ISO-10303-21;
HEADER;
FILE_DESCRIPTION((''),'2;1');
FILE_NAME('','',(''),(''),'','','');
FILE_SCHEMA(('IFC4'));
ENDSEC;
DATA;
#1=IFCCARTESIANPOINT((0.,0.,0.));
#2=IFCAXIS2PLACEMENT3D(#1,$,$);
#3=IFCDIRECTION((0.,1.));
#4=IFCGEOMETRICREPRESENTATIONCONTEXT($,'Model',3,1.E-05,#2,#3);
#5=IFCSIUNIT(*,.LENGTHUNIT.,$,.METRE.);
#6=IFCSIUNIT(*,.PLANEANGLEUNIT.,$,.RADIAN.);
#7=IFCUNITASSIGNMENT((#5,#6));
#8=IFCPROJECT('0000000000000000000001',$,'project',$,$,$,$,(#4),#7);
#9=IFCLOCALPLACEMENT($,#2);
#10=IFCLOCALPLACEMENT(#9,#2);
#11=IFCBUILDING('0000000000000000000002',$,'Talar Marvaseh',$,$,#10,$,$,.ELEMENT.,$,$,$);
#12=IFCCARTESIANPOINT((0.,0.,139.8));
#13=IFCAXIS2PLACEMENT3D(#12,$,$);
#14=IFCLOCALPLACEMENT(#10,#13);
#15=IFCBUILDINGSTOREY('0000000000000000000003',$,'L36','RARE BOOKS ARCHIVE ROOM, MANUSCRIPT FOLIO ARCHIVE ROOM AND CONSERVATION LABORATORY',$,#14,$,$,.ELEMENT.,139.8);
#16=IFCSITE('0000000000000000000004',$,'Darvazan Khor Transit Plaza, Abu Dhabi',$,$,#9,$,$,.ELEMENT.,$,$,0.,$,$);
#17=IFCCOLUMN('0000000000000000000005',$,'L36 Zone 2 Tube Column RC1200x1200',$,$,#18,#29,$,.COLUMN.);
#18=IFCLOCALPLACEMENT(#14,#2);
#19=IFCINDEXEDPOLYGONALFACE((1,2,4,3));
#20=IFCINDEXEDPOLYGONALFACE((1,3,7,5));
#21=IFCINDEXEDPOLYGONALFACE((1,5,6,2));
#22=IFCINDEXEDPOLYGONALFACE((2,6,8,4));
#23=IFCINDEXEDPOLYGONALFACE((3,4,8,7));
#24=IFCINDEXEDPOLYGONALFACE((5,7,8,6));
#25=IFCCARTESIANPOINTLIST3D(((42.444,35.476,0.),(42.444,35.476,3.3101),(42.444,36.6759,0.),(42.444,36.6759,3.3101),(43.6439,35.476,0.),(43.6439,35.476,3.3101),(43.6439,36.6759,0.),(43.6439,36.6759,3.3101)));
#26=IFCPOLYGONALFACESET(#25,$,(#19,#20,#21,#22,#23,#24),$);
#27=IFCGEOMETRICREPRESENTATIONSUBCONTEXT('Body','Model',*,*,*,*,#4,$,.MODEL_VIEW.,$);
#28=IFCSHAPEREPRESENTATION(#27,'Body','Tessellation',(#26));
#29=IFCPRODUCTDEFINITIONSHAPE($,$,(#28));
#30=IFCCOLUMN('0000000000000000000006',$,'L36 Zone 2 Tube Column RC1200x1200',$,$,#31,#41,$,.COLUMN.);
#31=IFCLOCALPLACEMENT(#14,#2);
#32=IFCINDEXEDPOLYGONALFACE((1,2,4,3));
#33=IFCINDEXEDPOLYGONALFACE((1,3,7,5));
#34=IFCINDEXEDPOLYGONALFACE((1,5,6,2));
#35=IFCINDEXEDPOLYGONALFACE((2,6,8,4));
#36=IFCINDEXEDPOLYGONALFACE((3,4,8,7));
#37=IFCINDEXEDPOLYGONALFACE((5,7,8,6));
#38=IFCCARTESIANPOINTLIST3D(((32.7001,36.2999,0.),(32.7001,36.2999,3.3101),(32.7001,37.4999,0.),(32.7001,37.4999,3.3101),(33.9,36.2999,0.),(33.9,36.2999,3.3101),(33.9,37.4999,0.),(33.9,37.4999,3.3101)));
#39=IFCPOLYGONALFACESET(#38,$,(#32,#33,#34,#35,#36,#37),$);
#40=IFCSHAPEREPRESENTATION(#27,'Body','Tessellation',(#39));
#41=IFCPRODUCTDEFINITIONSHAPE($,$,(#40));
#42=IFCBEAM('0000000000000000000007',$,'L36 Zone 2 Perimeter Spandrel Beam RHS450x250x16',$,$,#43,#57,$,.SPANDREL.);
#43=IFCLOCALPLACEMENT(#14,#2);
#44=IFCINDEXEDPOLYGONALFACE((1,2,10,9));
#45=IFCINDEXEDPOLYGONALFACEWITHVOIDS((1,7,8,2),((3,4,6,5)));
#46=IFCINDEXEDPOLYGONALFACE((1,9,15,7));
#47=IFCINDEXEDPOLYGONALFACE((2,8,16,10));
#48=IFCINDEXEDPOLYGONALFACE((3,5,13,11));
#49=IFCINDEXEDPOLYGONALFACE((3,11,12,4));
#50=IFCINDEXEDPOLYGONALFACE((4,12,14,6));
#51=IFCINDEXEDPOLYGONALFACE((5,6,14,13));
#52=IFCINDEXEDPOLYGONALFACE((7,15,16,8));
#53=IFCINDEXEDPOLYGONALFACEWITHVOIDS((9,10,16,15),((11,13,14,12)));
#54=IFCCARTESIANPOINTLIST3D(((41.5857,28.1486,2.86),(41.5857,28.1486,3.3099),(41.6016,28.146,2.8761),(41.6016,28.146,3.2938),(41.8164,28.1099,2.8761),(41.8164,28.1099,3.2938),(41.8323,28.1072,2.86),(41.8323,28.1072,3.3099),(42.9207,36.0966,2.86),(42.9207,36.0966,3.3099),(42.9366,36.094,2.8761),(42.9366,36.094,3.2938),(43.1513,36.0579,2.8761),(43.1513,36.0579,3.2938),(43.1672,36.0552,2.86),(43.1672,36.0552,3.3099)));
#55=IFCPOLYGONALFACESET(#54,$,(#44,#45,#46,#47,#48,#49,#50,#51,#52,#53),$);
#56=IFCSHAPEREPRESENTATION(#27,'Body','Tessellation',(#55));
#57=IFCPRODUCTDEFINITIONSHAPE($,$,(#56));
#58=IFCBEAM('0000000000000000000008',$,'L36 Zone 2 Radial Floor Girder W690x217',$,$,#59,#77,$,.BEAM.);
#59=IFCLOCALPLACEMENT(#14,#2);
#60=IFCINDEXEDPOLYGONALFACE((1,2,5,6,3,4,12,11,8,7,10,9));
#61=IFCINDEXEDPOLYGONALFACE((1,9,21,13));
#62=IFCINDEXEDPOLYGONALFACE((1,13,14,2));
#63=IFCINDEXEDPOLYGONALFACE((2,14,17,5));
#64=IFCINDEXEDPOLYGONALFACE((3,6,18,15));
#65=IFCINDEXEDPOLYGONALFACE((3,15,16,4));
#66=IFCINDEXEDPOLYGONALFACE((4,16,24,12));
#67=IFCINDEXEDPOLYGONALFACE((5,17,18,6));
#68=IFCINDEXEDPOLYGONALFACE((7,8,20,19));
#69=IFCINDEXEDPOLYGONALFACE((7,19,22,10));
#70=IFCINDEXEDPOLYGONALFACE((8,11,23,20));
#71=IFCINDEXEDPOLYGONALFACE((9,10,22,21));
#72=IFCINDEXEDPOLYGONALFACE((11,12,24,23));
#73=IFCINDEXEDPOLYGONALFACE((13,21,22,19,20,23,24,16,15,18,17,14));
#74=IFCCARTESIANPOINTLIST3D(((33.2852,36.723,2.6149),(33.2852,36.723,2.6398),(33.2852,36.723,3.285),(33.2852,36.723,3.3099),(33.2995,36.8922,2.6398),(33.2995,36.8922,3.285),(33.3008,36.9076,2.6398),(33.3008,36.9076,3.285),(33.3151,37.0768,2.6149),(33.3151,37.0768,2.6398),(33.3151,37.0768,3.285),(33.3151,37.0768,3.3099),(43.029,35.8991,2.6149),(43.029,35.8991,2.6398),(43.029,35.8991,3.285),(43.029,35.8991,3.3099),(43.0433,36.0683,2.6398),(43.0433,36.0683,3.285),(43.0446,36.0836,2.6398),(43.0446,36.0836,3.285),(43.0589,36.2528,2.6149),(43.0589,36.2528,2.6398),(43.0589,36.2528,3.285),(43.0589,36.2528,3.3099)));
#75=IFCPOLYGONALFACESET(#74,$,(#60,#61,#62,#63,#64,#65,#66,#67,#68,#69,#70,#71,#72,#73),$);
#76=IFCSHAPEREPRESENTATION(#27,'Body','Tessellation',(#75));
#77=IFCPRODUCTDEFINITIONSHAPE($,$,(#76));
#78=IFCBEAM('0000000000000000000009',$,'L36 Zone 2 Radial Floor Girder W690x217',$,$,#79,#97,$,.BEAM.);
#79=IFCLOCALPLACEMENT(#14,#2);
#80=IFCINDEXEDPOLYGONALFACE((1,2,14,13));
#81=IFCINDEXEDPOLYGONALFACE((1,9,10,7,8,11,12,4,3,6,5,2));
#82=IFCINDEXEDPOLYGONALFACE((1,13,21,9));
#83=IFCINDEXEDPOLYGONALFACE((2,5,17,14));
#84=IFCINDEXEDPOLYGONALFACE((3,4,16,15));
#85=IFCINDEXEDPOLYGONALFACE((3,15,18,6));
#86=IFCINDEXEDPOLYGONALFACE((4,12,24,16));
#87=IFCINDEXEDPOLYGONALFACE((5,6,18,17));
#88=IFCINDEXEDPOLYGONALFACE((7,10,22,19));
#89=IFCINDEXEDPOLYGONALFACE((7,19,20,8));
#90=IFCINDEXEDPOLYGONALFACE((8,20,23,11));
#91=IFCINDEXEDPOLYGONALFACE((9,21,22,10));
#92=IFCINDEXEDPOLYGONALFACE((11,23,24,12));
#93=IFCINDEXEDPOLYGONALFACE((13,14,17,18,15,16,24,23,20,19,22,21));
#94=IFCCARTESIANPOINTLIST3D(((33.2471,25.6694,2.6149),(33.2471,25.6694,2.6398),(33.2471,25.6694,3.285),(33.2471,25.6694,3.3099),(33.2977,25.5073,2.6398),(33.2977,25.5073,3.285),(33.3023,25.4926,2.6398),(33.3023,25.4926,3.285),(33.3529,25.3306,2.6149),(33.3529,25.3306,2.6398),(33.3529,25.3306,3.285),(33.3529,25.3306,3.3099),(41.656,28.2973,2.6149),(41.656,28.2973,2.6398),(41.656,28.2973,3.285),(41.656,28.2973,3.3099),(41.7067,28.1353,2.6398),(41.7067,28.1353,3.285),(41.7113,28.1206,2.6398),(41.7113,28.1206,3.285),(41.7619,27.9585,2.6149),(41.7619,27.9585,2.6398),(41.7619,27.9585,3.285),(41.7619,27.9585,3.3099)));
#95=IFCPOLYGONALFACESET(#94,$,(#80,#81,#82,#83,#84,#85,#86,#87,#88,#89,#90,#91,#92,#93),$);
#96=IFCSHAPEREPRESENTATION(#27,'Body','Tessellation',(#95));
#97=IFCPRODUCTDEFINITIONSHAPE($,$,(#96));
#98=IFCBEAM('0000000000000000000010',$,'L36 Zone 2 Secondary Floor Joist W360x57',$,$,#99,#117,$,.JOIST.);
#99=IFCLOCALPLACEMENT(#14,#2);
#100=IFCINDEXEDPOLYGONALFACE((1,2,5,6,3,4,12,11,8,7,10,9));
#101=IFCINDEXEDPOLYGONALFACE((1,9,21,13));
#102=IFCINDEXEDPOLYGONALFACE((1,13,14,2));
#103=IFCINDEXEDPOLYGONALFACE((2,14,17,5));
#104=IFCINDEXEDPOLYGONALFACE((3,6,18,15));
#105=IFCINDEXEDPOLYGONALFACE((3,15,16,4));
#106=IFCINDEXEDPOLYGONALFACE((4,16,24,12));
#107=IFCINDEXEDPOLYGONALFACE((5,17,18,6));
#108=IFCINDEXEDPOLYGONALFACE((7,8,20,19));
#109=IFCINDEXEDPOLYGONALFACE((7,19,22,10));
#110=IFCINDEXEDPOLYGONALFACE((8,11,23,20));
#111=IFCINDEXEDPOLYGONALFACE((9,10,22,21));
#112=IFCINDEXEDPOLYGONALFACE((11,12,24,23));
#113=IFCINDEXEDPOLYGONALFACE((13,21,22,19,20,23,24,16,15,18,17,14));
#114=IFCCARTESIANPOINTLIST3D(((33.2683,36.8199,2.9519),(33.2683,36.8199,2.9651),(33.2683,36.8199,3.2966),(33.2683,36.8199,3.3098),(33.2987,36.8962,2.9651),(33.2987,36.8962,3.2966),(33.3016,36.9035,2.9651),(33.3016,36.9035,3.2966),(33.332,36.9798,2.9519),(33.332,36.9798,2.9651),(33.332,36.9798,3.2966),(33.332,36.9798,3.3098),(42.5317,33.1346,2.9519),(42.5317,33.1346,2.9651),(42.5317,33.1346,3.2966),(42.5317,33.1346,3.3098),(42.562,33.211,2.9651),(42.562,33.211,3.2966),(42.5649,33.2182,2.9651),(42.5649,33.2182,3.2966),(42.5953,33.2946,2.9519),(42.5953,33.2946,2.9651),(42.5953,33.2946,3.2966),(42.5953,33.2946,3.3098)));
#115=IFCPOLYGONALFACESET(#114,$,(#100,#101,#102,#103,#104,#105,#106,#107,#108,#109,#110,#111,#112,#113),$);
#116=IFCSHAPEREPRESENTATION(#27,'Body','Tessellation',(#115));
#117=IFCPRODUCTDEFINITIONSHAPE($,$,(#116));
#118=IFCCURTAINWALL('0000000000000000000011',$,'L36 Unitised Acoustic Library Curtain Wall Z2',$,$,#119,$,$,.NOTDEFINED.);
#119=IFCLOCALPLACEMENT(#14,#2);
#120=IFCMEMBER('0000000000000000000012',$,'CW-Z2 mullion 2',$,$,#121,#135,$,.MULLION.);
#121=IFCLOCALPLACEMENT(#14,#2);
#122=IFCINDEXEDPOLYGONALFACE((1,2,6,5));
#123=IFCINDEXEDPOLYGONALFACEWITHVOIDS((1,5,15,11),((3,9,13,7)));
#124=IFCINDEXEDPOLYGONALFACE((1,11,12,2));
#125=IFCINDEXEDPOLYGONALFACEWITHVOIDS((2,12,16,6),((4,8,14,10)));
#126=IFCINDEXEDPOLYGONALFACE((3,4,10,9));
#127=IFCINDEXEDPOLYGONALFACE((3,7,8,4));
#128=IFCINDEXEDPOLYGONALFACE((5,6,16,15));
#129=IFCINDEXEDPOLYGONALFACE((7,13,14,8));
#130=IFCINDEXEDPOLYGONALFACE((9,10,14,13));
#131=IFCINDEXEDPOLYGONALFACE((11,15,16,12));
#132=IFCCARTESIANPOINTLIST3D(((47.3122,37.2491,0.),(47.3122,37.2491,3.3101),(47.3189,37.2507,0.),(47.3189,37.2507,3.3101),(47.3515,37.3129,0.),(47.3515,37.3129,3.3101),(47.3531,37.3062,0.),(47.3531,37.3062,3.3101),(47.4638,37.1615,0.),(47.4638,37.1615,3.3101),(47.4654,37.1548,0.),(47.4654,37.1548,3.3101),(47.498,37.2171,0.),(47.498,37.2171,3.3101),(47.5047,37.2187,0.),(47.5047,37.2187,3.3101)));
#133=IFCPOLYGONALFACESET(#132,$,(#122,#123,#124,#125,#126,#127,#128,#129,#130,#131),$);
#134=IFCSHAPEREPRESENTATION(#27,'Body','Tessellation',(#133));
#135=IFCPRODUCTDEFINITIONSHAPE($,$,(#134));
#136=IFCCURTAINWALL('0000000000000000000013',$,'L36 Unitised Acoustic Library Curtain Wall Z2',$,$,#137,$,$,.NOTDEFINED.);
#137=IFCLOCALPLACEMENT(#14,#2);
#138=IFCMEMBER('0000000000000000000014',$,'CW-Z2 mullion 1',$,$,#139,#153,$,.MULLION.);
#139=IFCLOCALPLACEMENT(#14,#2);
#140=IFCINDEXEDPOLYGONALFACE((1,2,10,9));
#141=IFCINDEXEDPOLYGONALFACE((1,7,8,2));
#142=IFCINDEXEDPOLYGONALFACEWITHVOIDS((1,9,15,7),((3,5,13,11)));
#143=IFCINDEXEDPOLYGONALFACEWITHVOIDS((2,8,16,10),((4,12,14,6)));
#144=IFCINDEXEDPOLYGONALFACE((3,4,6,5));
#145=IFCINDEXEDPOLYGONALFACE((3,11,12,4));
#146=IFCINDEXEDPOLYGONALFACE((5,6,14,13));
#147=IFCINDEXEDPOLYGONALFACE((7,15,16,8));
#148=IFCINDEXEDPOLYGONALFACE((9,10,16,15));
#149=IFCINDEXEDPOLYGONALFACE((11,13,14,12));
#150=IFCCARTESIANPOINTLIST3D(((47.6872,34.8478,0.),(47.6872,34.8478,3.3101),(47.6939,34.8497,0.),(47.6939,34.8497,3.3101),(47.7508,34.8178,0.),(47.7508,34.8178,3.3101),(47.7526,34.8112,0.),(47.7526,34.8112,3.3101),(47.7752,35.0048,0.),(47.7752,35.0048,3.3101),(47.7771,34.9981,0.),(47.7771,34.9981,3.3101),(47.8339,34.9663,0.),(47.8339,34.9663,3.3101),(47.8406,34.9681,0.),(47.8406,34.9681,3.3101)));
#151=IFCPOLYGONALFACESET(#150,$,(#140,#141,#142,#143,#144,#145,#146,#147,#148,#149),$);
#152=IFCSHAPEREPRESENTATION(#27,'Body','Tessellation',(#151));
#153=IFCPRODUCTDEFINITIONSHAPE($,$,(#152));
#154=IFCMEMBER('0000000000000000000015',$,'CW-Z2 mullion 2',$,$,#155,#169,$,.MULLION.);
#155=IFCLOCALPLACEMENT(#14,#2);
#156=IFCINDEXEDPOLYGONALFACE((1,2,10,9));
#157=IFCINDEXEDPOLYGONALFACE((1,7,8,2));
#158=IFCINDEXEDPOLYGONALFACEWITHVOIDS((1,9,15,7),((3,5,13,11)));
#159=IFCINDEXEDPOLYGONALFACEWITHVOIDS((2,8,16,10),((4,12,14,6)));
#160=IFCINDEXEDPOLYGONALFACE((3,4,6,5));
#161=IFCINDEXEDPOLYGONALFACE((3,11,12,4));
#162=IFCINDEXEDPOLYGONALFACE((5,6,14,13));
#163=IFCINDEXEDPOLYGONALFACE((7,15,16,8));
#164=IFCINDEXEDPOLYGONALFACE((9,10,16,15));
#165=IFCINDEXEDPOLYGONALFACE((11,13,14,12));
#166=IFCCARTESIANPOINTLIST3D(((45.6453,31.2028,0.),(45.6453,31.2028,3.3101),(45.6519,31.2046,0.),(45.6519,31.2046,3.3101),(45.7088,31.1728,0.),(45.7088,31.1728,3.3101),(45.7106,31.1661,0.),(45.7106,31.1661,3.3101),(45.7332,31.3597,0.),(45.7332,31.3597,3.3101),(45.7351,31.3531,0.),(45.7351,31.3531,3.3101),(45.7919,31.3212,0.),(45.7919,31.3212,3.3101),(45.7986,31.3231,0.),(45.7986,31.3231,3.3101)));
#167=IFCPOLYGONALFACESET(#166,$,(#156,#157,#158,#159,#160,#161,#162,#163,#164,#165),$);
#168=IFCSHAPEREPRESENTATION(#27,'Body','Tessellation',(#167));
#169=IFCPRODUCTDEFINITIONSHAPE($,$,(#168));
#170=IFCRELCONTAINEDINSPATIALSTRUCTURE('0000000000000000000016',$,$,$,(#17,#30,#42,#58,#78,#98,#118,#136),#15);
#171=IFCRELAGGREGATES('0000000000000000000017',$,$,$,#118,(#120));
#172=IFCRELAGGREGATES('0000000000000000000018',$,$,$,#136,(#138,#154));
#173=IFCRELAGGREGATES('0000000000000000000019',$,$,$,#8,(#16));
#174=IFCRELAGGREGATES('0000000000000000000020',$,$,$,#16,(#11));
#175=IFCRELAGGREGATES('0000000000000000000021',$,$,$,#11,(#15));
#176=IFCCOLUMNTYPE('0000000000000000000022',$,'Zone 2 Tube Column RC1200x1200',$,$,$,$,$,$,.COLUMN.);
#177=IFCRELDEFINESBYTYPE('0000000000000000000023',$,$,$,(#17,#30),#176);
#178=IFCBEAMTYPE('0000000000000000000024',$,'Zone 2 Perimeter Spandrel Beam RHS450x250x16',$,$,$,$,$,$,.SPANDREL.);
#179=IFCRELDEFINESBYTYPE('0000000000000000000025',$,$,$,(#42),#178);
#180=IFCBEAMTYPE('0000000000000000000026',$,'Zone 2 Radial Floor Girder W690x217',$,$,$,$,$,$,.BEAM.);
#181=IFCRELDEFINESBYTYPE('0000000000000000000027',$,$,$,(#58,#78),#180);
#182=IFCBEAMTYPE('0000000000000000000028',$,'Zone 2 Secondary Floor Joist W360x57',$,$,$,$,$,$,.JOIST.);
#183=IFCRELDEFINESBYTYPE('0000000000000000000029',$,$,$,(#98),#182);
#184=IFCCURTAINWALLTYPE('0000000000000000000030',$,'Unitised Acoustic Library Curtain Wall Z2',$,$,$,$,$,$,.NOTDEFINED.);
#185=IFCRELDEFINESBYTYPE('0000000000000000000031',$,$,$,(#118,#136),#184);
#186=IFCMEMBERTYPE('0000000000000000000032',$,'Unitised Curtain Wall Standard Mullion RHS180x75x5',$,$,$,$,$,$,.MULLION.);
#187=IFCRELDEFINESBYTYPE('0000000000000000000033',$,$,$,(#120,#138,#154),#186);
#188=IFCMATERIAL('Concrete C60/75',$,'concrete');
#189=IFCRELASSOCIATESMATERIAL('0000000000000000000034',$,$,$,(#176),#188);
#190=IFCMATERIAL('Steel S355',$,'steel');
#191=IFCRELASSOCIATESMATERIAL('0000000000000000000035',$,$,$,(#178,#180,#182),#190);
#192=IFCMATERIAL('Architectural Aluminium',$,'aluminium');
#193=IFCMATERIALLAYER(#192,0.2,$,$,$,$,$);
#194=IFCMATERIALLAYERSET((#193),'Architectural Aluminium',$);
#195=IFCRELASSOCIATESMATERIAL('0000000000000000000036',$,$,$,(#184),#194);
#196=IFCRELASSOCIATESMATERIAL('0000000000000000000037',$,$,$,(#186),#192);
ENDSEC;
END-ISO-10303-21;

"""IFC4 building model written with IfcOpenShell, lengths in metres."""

from ifc_helpers import new_model, si_unit, direction, frame, origin, origin_2d, place, context, subcontext, project, spatial, rectangle, hollow_rectangle, i_section, extrude, source, transform, mapped, material, layer, layer_set, material_profile, profile_set, type_object, type_shapes, element, aggregate, save


model = new_model("IFC4")

# Units and contexts
model_context = context("Model", 3, precision=1e-05, world=origin(), true_north=direction((0.0, 1.0)))
body_context = subcontext(model_context, "Body", "Model", "MODEL_VIEW")
ifc_project = project(units=[si_unit("LENGTHUNIT", "METRE"), si_unit("PLANEANGLEUNIT", "RADIAN")], contexts=[model_context])

# Site, building, storey
site_placement = place(None, origin())
site = spatial("IfcSite", under=ifc_project, at=site_placement, Name="Darvazan Khor Transit Plaza, Abu Dhabi", CompositionType="ELEMENT", RefElevation=0.0)
building_placement = place(site_placement, origin())
building = spatial("IfcBuilding", under=site, at=building_placement, Name="Talar Marvaseh", CompositionType="ELEMENT")
storey_placement = place(building_placement, frame((0.0, 0.0, 139.8)))
storey = spatial("IfcBuildingStorey", under=building, at=storey_placement, Name="L36", Description="RARE BOOKS ARCHIVE ROOM, MANUSCRIPT FOLIO ARCHIVE ROOM AND CONSERVATION LABORATORY", CompositionType="ELEMENT", Elevation=139.8)

# Columns
ifc_material_1 = material(Name="Concrete C60/75", Category="concrete")
ifc_material_profile_1 = material_profile(ifc_material_1, rectangle(XDim=1.2, YDim=1.2, at=origin_2d()), Name="RC1200x1200")
ifc_profile_set_1 = profile_set([ifc_material_profile_1], Name="Concrete C60/75")
column_type = type_object("IfcColumnType", Name="Zone 2 Tube Column RC1200x1200", PredefinedType="COLUMN", material=ifc_profile_set_1)
for number, where, z_axis, x_axis, name in (
    (1, (43.0439, 36.0759, 0.0), (0.0, 0.0, 1.0), (1.0, 0.0, 0.0), "L36 Zone 2 Tube Column RC1200x1200"),
    (2, (33.3, 36.8999, 0.0), (0.0, 0.0, 1.0), (1.0, 0.0, 0.0), "L36 Zone 2 Tube Column RC1200x1200"),
):
    element("IfcColumn", number, at=place(storey_placement, frame(where, z_axis=z_axis, x_axis=x_axis)), inside=storey, type_object=column_type, Name=name, PredefinedType="COLUMN", context=body_context, shape_type="SweptSolid", body=[
        extrude(rectangle(XDim=1.2, YDim=1.2, at=origin_2d()), origin(), (0.0, 0.0, 1.0), 3.3101),
    ])

# Beams
ifc_material_2 = material(Name="Steel S355", Category="steel")
ifc_material_profile_2 = material_profile(ifc_material_2, hollow_rectangle(XDim=0.25, YDim=0.45, WallThickness=0.0161, at=origin_2d()), Name="RHS450x250x16")
ifc_profile_set_2 = profile_set([ifc_material_profile_2], Name="Steel S355")
beam_type_1 = type_object("IfcBeamType", Name="Zone 2 Perimeter Spandrel Beam RHS450x250x16", PredefinedType="SPANDREL", material=ifc_profile_set_2)
beam_1_placement = place(storey_placement, frame((43.0439, 36.0759, 3.085), z_axis=(-0.165642, -0.986186, 0.0), x_axis=(0.986186, -0.165642, 0.0)))
element("IfcBeam", 3, at=beam_1_placement, inside=storey, type_object=beam_type_1, Name="L36 Zone 2 Perimeter Spandrel Beam RHS450x250x16", PredefinedType="SPANDREL", context=body_context, shape_type="SweptSolid", body=[
    extrude(hollow_rectangle(XDim=0.25, YDim=0.45, WallThickness=0.0161, at=origin_2d()), origin(), (0.0, 0.0, 1.0), 8.0593),
])
ifc_material_profile_3 = material_profile(ifc_material_2, i_section(OverallWidth=0.355, OverallDepth=0.6951, WebThickness=0.0154, FlangeThickness=0.0249, at=origin_2d()), Name="W690x217")
ifc_profile_set_3 = profile_set([ifc_material_profile_3], Name="Steel S355")
beam_type_2 = type_object("IfcBeamType", Name="Zone 2 Radial Floor Girder W690x217", PredefinedType="BEAM", material=ifc_profile_set_3)
beam_2_placement = place(storey_placement, frame((43.0439, 36.0759, 2.9624), z_axis=(-0.996444, 0.084262, 0.0), x_axis=(-0.084262, -0.996444, 0.0)))
element("IfcBeam", 4, at=beam_2_placement, inside=storey, type_object=beam_type_2, Name="L36 Zone 2 Radial Floor Girder W690x217", PredefinedType="BEAM", context=body_context, shape_type="SweptSolid", body=[
    extrude(i_section(OverallWidth=0.355, OverallDepth=0.6951, WebThickness=0.0154, FlangeThickness=0.0249, at=origin_2d()), origin(), (0.0, 0.0, 1.0), 9.7786),
])
beam_3_placement = place(storey_placement, frame((41.709, 28.1279, 2.9624), z_axis=(-0.954476, -0.298289, 0.0), x_axis=(0.298289, -0.954476, 0.0)))
element("IfcBeam", 5, at=beam_3_placement, inside=storey, type_object=beam_type_2, Name="L36 Zone 2 Radial Floor Girder W690x217", PredefinedType="BEAM", context=body_context, shape_type="SweptSolid", body=[
    extrude(i_section(OverallWidth=0.355, OverallDepth=0.6951, WebThickness=0.0154, FlangeThickness=0.0249, at=origin_2d()), origin(), (0.0, 0.0, 1.0), 8.8101),
])
ifc_material_profile_4 = material_profile(ifc_material_2, i_section(OverallWidth=0.1721, OverallDepth=0.3579, WebThickness=0.0078, FlangeThickness=0.0132, at=origin_2d()), Name="W360x57")
ifc_profile_set_4 = profile_set([ifc_material_profile_4], Name="Steel S355")
beam_type_3 = type_object("IfcBeamType", Name="Zone 2 Secondary Floor Joist W360x57", PredefinedType="JOIST", material=ifc_profile_set_4)
beam_4_placement = place(storey_placement, frame((42.5635, 33.2146, 3.1309), z_axis=(-0.929169, 0.369655, 0.0), x_axis=(-0.369655, -0.929169, 0.0)))
element("IfcBeam", 6, at=beam_4_placement, inside=storey, type_object=beam_type_3, Name="L36 Zone 2 Secondary Floor Joist W360x57", PredefinedType="JOIST", context=body_context, shape_type="SweptSolid", body=[
    extrude(i_section(OverallWidth=0.1721, OverallDepth=0.3579, WebThickness=0.0078, FlangeThickness=0.0132, at=origin_2d()), origin(), (0.0, 0.0, 1.0), 9.9695),
])

# Curtain wall, member
ifc_material_3 = material(Name="Architectural Aluminium", Category="aluminium")
ifc_layer_1 = layer(ifc_material_3, 0.2)
ifc_layer_set_1 = layer_set([ifc_layer_1], Name="Architectural Aluminium")
curtain_wall_type = type_object("IfcCurtainWallType", Name="Unitised Acoustic Library Curtain Wall Z2", PredefinedType="NOTDEFINED", material=ifc_layer_set_1)
curtain_wall_1_placement = place(storey_placement, origin())
curtain_wall_1 = element("IfcCurtainWall", 7, at=curtain_wall_1_placement, inside=storey, type_object=curtain_wall_type, Name="L36 Unitised Acoustic Library Curtain Wall Z2", PredefinedType="NOTDEFINED")
ifc_material_profile_5 = material_profile(ifc_material_3, hollow_rectangle(XDim=0.075, YDim=0.1799, WallThickness=0.0049, at=origin_2d()), Name="RHS180x75x5")
ifc_profile_set_5 = profile_set([ifc_material_profile_5], Name="Architectural Aluminium")
member_type_1 = type_object("IfcMemberType", Name="Unitised Curtain Wall Standard Mullion RHS180x75x5", PredefinedType="MULLION", material=ifc_profile_set_5)
shared_shape_1 = source(origin(), body_context, "Body", "SweptSolid", [
    extrude(hollow_rectangle(XDim=0.075, YDim=0.1799, WallThickness=0.0049, at=origin_2d()), origin(), (0.0, 0.0, 1.0), 3.3101),
])
type_shapes(member_type_1, [shared_shape_1])
member_1_placement = place(storey_placement, frame((47.4084, 37.2339, 0.0), z_axis=(0.0, 0.0, 1.0), x_axis=(0.523931, 0.851761, 0.0)))
member_1 = element("IfcMember", 8, at=member_1_placement, type_object=member_type_1, Name="CW-Z2 mullion 2", PredefinedType="MULLION", context=body_context, shape_type="MappedRepresentation", body=[
    mapped(shared_shape_1, transform((0.0, 0.0, 0.0), x_axis=(1.0, 0.0, 0.0), y_axis=(0.0, 1.0, 0.0), z_axis=(0.0, 0.0, 1.0), scale=1.0)),
])
aggregate(curtain_wall_1, [member_1])

# Curtain wall, members
curtain_wall_2_placement = place(storey_placement, origin())
curtain_wall_2 = element("IfcCurtainWall", 9, at=curtain_wall_2_placement, inside=storey, type_object=curtain_wall_type, Name="L36 Unitised Acoustic Library Curtain Wall Z2", PredefinedType="NOTDEFINED")
member_2_placement = place(storey_placement, frame((47.7639, 34.908, 0.0), z_axis=(0.0, 0.0, 1.0), x_axis=(0.872418, -0.48876, 0.0)))
member_2 = element("IfcMember", 10, at=member_2_placement, type_object=member_type_1, Name="CW-Z2 mullion 1", PredefinedType="MULLION", context=body_context, shape_type="MappedRepresentation", body=[
    mapped(shared_shape_1, transform((0.0, 0.0, 0.0), x_axis=(1.0, 0.0, 0.0), y_axis=(0.0, 1.0, 0.0), z_axis=(0.0, 0.0, 1.0), scale=1.0)),
])
member_3_placement = place(storey_placement, frame((45.7219, 31.2629, 0.0), z_axis=(0.0, 0.0, 1.0), x_axis=(0.872418, -0.48876, 0.0)))
member_3 = element("IfcMember", 11, at=member_3_placement, type_object=member_type_1, Name="CW-Z2 mullion 2", PredefinedType="MULLION", context=body_context, shape_type="MappedRepresentation", body=[
    mapped(shared_shape_1, transform((0.0, 0.0, 0.0), x_axis=(1.0, 0.0, 0.0), y_axis=(0.0, 1.0, 0.0), z_axis=(0.0, 0.0, 1.0), scale=1.0)),
])
aggregate(curtain_wall_2, [member_2, member_3])

save(model, "model.ifc")
